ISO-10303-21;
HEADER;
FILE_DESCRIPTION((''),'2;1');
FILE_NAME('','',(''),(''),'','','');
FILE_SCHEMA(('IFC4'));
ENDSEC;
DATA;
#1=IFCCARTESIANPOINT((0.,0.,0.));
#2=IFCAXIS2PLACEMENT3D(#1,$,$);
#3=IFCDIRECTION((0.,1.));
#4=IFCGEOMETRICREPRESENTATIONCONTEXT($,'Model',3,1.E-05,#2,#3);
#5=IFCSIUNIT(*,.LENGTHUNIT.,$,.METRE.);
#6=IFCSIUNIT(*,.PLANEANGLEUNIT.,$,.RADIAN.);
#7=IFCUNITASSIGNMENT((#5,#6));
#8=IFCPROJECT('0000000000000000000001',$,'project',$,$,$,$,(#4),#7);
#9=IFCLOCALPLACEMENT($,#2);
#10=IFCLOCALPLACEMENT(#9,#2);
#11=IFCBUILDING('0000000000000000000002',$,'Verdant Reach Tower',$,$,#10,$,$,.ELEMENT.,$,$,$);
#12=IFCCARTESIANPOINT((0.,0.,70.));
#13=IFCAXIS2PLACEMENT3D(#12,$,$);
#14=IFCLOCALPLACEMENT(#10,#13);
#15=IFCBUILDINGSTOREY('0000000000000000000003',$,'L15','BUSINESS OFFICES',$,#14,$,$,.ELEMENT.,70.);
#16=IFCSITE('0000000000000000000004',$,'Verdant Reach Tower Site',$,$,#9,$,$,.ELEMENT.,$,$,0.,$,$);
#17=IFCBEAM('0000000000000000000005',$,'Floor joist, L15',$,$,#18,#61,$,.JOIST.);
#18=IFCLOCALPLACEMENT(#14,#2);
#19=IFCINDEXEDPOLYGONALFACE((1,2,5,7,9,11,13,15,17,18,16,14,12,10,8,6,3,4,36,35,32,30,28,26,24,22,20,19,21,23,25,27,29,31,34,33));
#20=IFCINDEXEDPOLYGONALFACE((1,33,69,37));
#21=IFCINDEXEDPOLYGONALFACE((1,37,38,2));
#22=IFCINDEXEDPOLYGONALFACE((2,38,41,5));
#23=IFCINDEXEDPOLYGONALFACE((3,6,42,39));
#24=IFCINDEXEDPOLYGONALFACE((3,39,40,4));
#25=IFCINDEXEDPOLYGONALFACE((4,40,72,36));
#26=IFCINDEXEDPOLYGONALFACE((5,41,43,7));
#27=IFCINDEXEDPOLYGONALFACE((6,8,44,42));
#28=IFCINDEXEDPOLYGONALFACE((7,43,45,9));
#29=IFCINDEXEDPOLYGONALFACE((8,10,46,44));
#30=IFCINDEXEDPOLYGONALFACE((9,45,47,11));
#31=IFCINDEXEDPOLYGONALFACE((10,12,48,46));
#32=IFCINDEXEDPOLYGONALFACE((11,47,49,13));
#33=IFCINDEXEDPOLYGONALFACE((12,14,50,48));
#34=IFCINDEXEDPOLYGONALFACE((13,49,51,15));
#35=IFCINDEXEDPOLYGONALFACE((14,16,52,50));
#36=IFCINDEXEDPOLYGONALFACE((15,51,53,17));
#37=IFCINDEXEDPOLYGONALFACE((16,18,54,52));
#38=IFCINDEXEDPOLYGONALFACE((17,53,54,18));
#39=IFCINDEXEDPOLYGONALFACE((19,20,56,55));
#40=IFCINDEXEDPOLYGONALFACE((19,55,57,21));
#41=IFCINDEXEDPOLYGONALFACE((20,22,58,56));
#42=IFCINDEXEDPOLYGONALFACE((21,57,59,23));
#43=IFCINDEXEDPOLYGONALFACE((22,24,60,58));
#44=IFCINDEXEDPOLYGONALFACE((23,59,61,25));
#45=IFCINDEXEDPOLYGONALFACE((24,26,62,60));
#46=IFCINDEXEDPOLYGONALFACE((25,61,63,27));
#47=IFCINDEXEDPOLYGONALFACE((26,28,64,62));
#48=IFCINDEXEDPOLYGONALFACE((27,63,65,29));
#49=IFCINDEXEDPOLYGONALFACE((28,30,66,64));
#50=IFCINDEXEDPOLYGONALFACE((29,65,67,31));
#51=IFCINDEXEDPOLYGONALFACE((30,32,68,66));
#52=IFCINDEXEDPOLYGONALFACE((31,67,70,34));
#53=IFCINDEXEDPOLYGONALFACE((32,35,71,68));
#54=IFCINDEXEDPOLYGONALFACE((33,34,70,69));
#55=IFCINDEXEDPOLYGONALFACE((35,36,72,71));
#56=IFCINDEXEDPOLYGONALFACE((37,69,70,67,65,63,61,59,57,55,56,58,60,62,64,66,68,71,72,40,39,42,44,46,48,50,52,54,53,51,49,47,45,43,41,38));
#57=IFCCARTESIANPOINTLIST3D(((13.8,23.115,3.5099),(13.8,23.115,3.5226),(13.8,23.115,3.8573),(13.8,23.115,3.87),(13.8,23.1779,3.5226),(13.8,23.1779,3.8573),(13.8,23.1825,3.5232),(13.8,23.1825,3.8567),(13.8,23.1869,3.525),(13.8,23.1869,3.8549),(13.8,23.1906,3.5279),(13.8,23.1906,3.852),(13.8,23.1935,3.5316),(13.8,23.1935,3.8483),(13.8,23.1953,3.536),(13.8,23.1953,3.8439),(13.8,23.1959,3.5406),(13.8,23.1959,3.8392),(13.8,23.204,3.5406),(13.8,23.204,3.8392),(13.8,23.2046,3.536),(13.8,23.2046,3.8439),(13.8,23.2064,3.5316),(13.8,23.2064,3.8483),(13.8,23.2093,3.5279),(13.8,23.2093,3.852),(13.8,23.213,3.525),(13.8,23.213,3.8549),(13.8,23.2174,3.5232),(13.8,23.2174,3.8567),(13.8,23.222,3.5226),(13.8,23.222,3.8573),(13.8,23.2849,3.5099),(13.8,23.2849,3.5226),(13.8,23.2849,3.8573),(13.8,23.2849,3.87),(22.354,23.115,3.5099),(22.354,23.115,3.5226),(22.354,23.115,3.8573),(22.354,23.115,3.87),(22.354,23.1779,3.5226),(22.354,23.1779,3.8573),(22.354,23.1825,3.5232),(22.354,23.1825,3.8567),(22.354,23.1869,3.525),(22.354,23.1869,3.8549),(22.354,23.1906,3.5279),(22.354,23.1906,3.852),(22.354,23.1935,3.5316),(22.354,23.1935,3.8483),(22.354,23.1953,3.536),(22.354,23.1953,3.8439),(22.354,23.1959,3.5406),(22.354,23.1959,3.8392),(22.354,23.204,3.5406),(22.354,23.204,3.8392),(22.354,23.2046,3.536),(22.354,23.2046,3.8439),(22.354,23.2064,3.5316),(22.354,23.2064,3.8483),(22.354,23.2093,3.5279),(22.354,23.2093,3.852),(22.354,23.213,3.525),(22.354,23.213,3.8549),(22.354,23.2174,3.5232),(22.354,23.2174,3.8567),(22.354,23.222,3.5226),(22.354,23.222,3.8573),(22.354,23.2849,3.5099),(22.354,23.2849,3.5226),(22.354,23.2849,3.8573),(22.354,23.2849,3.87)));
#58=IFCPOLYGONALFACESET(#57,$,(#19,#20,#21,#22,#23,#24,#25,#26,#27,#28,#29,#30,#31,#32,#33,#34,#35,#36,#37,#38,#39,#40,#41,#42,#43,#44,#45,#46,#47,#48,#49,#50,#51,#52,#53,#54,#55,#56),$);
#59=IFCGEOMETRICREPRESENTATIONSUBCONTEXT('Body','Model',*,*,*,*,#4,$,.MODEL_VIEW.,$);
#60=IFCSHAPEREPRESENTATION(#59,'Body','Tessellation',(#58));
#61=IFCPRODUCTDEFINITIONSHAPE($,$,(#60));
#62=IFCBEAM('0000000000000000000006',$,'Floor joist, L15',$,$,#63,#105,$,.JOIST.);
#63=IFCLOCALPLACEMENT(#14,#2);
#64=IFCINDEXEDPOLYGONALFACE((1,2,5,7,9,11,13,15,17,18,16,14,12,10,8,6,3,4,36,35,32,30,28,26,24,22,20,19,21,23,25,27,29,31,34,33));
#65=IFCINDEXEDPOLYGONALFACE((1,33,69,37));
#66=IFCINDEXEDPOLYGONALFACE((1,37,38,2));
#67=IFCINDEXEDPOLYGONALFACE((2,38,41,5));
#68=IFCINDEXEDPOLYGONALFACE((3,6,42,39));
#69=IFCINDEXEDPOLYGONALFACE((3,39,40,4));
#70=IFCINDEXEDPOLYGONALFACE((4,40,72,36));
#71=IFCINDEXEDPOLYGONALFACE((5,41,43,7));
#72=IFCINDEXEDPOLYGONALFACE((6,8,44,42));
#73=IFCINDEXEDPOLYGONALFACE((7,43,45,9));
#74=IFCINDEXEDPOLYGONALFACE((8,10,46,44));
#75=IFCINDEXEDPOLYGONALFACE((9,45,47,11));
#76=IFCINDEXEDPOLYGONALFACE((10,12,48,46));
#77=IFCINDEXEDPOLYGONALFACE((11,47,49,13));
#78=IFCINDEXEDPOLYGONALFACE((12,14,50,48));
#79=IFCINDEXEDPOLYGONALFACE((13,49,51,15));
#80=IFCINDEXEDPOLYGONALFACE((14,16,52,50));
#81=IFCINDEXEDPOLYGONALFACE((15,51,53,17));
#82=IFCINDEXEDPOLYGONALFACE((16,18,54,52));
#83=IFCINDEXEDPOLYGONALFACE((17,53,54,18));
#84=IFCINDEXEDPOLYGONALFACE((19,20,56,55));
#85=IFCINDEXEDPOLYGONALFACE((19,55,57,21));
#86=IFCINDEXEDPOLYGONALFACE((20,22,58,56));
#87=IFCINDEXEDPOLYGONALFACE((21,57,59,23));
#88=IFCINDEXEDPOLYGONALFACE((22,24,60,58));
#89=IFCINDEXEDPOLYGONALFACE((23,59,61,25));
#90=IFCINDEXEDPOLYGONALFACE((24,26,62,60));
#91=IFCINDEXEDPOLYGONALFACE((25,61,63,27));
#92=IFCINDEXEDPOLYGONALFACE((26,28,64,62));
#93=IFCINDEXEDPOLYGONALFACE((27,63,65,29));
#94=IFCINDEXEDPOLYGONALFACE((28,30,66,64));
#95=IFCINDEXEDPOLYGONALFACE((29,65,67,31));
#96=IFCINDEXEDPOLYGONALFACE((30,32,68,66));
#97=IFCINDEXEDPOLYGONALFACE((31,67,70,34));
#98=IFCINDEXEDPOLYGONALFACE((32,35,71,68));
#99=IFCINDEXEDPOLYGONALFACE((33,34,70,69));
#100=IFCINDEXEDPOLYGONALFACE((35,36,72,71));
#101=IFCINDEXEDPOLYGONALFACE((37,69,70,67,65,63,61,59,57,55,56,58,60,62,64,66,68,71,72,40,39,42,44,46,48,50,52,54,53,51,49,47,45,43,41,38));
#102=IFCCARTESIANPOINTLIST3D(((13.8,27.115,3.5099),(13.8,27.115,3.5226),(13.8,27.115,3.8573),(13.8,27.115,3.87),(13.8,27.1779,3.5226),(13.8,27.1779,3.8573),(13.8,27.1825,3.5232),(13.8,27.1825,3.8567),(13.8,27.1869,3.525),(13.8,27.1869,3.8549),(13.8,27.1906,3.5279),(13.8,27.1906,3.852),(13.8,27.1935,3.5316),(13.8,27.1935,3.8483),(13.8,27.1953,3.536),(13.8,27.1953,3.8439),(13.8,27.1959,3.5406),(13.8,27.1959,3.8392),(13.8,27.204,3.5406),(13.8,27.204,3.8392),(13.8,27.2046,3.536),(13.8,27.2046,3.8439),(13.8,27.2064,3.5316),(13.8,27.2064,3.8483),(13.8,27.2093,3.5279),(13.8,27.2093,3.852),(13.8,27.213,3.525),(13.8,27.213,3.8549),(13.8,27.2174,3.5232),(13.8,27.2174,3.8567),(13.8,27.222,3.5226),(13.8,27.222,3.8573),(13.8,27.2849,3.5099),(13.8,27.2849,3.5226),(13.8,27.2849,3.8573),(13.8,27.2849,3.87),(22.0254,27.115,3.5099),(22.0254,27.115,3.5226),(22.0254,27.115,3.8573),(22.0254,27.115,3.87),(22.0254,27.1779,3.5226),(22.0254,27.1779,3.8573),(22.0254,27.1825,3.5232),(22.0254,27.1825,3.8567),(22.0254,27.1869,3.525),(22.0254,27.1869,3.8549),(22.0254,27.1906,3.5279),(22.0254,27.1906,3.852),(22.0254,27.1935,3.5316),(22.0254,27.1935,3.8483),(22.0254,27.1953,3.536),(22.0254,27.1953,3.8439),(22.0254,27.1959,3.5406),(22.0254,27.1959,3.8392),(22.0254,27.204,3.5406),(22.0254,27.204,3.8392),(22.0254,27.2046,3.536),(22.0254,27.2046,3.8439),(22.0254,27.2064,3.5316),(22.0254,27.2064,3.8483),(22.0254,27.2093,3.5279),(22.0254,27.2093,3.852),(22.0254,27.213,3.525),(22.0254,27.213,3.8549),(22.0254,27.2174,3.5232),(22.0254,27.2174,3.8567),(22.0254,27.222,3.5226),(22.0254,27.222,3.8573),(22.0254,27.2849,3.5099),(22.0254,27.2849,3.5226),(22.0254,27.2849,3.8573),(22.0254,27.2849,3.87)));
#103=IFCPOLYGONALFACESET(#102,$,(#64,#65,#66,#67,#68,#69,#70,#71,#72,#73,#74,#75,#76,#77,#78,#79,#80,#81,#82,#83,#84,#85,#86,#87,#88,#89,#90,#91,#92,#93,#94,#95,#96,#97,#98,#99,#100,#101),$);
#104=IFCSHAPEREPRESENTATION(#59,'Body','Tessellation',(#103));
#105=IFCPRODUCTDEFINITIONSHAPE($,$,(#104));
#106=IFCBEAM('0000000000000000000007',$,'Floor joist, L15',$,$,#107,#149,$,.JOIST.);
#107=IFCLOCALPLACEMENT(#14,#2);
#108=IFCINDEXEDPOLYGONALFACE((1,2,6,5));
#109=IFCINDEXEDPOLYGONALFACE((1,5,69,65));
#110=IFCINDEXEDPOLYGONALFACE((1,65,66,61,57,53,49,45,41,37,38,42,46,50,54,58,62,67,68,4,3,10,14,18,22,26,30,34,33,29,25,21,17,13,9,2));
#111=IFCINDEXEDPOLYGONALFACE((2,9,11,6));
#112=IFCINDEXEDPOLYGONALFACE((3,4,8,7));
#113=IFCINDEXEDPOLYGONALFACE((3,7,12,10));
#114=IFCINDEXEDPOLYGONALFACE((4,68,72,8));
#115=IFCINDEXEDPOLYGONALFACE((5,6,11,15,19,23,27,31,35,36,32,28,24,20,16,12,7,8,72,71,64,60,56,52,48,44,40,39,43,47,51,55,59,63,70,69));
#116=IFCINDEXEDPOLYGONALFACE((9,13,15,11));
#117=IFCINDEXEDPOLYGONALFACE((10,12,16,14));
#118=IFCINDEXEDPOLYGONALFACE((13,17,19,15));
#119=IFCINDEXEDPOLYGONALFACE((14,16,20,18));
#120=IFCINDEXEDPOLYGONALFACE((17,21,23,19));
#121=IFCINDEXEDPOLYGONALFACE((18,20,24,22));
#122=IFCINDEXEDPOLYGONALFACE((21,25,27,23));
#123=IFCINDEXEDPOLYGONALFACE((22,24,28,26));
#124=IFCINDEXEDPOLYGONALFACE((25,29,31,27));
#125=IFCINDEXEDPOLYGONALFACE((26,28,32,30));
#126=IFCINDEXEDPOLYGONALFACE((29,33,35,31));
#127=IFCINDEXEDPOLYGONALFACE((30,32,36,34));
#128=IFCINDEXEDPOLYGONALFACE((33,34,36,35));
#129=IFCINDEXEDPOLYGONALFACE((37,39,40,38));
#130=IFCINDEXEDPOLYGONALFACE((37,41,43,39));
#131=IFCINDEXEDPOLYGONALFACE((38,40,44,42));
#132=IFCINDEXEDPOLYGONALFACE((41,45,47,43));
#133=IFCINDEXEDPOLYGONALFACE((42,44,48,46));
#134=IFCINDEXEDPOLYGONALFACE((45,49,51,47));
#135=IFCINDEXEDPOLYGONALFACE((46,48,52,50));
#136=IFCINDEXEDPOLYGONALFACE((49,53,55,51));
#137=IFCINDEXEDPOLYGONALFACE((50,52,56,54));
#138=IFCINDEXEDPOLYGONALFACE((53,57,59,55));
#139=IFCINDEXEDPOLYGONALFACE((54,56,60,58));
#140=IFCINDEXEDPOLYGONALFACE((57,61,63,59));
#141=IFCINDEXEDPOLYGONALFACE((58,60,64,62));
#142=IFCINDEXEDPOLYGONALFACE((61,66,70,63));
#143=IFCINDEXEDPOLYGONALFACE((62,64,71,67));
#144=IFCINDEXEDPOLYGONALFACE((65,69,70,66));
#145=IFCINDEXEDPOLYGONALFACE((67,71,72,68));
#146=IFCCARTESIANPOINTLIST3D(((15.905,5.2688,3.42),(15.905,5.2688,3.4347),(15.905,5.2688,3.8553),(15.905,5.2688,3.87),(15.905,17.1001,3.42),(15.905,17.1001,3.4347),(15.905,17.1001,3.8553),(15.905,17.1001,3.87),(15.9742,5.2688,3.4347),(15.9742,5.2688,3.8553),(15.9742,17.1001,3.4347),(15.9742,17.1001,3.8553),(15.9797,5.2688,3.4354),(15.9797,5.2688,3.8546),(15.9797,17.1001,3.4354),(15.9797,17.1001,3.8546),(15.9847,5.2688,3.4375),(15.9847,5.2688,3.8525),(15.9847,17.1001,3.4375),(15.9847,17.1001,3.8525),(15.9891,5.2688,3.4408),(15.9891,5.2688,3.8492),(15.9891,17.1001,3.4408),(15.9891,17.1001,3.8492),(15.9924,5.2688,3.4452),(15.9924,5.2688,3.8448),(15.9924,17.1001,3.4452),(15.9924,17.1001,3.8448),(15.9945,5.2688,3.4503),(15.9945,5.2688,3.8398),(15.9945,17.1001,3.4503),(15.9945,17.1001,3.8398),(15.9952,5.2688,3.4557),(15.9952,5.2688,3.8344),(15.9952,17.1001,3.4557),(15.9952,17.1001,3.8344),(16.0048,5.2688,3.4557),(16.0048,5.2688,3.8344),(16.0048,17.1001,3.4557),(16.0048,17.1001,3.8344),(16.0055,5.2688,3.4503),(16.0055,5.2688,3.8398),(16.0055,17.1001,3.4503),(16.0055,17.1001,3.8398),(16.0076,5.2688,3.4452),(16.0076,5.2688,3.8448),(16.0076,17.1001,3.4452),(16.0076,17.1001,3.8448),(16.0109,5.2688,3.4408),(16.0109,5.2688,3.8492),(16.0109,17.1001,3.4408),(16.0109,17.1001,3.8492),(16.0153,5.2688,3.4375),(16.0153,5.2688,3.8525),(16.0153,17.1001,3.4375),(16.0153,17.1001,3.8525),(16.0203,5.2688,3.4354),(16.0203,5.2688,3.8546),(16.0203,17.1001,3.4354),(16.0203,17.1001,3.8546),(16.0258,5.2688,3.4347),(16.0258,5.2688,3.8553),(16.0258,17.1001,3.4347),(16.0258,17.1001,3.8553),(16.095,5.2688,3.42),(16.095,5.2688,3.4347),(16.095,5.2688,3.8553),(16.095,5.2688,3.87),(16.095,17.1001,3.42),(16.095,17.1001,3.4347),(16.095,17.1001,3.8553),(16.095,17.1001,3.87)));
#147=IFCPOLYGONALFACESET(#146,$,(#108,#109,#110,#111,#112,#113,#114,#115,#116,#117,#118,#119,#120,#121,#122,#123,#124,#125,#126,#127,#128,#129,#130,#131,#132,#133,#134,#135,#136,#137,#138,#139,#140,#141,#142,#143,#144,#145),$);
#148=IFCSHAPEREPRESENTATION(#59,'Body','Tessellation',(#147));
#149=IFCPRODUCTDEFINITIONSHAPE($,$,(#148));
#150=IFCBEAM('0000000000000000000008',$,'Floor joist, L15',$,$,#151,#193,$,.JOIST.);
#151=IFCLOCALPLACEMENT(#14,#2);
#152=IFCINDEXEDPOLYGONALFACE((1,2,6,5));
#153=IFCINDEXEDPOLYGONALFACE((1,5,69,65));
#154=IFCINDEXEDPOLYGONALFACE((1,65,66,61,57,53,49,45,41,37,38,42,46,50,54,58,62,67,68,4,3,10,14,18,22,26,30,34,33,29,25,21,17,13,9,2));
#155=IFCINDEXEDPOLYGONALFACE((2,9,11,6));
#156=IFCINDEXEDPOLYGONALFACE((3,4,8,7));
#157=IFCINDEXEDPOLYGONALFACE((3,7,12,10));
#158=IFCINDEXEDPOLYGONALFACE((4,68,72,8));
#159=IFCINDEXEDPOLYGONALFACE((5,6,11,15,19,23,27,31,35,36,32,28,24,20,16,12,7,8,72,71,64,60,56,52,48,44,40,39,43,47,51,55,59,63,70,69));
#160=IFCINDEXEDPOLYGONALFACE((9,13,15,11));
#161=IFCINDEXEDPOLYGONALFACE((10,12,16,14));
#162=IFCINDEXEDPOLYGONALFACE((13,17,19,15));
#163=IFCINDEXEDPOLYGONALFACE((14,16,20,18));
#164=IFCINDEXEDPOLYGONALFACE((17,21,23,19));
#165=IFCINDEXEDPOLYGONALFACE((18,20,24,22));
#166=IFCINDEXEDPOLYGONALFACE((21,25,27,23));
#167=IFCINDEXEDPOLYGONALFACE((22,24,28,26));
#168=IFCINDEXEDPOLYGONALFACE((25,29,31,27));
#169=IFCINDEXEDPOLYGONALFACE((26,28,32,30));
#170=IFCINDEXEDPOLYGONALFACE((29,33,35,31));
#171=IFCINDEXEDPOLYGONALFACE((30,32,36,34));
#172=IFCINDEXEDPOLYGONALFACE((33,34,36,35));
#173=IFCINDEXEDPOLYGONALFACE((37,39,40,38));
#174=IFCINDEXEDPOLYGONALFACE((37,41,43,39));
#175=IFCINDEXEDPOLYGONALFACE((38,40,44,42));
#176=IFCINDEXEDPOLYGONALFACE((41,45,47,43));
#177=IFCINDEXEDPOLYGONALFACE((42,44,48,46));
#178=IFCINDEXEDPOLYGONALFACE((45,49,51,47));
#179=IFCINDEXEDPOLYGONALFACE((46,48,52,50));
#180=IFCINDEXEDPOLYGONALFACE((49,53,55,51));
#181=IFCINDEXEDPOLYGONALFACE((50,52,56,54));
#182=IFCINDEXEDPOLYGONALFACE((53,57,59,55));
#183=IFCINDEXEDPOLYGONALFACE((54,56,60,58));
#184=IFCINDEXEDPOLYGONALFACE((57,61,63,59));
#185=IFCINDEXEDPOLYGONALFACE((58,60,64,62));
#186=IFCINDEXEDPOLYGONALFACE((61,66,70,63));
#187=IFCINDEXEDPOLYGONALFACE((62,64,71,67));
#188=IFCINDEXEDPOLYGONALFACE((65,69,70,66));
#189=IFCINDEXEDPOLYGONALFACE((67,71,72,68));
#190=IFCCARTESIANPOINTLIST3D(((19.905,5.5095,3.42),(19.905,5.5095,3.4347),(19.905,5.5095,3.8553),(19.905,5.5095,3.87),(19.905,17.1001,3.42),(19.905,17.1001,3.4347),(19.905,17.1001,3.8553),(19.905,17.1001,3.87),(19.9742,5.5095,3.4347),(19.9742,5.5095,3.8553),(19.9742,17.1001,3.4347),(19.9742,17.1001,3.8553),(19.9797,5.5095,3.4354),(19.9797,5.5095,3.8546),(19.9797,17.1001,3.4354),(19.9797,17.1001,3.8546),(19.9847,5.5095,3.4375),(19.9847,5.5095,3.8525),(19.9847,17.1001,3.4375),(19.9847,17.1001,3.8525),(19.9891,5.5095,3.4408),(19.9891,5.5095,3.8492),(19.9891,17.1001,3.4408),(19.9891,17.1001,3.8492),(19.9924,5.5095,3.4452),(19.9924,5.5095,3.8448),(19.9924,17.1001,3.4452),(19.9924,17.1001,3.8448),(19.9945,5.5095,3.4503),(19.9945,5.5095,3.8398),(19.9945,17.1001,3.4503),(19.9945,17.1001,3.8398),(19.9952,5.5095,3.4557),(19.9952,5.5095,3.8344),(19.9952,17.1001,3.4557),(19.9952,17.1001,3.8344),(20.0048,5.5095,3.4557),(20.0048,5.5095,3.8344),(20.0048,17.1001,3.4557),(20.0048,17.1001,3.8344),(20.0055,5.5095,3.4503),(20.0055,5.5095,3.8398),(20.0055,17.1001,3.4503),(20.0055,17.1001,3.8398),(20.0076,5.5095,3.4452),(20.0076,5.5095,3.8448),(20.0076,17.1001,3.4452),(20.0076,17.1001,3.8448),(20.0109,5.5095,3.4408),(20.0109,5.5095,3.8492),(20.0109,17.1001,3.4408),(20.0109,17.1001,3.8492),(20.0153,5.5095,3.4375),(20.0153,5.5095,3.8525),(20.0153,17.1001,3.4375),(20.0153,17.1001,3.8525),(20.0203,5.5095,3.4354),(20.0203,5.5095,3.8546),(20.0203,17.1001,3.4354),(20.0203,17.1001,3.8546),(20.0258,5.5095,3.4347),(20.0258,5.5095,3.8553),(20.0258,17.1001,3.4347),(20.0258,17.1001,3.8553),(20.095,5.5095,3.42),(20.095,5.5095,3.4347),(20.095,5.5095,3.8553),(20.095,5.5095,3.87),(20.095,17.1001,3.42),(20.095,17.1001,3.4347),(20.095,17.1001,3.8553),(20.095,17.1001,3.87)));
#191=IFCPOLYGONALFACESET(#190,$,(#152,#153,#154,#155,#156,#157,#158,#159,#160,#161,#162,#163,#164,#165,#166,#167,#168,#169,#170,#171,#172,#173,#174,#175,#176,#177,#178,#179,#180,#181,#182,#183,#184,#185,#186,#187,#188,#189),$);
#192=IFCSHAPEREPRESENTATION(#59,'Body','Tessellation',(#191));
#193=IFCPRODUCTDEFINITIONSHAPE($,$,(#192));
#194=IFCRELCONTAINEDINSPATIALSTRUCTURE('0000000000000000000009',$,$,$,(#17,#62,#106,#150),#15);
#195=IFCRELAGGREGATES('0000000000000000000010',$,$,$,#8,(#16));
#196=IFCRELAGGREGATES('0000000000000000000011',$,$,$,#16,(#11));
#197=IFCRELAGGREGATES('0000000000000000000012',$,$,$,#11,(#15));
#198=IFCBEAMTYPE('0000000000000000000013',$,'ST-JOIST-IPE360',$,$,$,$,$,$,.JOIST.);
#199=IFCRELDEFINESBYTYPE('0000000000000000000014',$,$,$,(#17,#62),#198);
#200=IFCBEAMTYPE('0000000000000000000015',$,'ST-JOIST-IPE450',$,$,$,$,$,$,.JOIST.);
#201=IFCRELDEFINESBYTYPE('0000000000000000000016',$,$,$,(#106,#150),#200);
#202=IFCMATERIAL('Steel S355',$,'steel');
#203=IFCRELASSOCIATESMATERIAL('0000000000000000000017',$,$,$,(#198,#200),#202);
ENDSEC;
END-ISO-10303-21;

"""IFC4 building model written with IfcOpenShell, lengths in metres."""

from ifc_helpers import new_model, si_unit, direction, frame, origin, origin_2d, place, context, subcontext, project, spatial, i_section, extrude, material, material_profile, profile_set, type_object, element, save


model = new_model("IFC4")

# Units and contexts
model_context = context("Model", 3, precision=1e-05, world=origin(), true_north=direction((0.0, 1.0)))
body_context = subcontext(model_context, "Body", "Model", "MODEL_VIEW")
ifc_project = project(units=[si_unit("LENGTHUNIT", "METRE"), si_unit("PLANEANGLEUNIT", "RADIAN")], contexts=[model_context])

# Site, building, storey
site_placement = place(None, origin())
site = spatial("IfcSite", under=ifc_project, at=site_placement, Name="Verdant Reach Tower Site", CompositionType="ELEMENT", RefElevation=0.0)
building_placement = place(site_placement, origin())
building = spatial("IfcBuilding", under=site, at=building_placement, Name="Verdant Reach Tower", CompositionType="ELEMENT")
storey_placement = place(building_placement, frame((0.0, 0.0, 70.0)))
storey = spatial("IfcBuildingStorey", under=building, at=storey_placement, Name="L15", Description="BUSINESS OFFICES", CompositionType="ELEMENT", Elevation=70.0)

# Beams
ifc_material_1 = material(Name="Steel S355", Category="steel")
ifc_material_profile_1 = material_profile(ifc_material_1, i_section(OverallWidth=0.1699, OverallDepth=0.3601, WebThickness=0.0081, FlangeThickness=0.0127, FilletRadius=0.0181, at=origin_2d()), Name="IPE 360")
ifc_profile_set_1 = profile_set([ifc_material_profile_1], Name="Steel S355")
beam_type_1 = type_object("IfcBeamType", Name="ST-JOIST-IPE360", PredefinedType="JOIST", material=ifc_profile_set_1)
beam_1_placement = place(storey_placement, frame((13.8, 23.2, 3.6899), z_axis=(1.0, 0.0, 0.0), x_axis=(0.0, 1.0, 0.0)))
element("IfcBeam", 1, at=beam_1_placement, inside=storey, type_object=beam_type_1, Name="Floor joist, L15", PredefinedType="JOIST", context=body_context, shape_type="SweptSolid", body=[
    extrude(i_section(OverallWidth=0.1699, OverallDepth=0.3601, WebThickness=0.0081, FlangeThickness=0.0127, FilletRadius=0.0181, at=origin_2d()), origin(), (0.0, 0.0, 1.0), 8.554),
])
beam_2_placement = place(storey_placement, frame((13.8, 27.2, 3.6899), z_axis=(1.0, 0.0, 0.0), x_axis=(0.0, 1.0, 0.0)))
element("IfcBeam", 2, at=beam_2_placement, inside=storey, type_object=beam_type_1, Name="Floor joist, L15", PredefinedType="JOIST", context=body_context, shape_type="SweptSolid", body=[
    extrude(i_section(OverallWidth=0.1699, OverallDepth=0.3601, WebThickness=0.0081, FlangeThickness=0.0127, FilletRadius=0.0181, at=origin_2d()), origin(), (0.0, 0.0, 1.0), 8.2253),
])
ifc_material_profile_2 = material_profile(ifc_material_1, i_section(OverallWidth=0.1899, OverallDepth=0.45, WebThickness=0.0095, FlangeThickness=0.0146, FilletRadius=0.021, at=origin_2d()), Name="IPE 450")
ifc_profile_set_2 = profile_set([ifc_material_profile_2], Name="Steel S355")
beam_type_2 = type_object("IfcBeamType", Name="ST-JOIST-IPE450", PredefinedType="JOIST", material=ifc_profile_set_2)
beam_3_placement = place(storey_placement, frame((16.0, 17.1001, 3.645), z_axis=(0.0, -1.0, 0.0), x_axis=(1.0, 0.0, 0.0)))
element("IfcBeam", 3, at=beam_3_placement, inside=storey, type_object=beam_type_2, Name="Floor joist, L15", PredefinedType="JOIST", context=body_context, shape_type="SweptSolid", body=[
    extrude(i_section(OverallWidth=0.1899, OverallDepth=0.45, WebThickness=0.0095, FlangeThickness=0.0146, FilletRadius=0.021, at=origin_2d()), origin(), (0.0, 0.0, 1.0), 11.8313),
])
beam_4_placement = place(storey_placement, frame((20.0, 17.1001, 3.645), z_axis=(0.0, -1.0, 0.0), x_axis=(1.0, 0.0, 0.0)))
element("IfcBeam", 4, at=beam_4_placement, inside=storey, type_object=beam_type_2, Name="Floor joist, L15", PredefinedType="JOIST", context=body_context, shape_type="SweptSolid", body=[
    extrude(i_section(OverallWidth=0.1899, OverallDepth=0.45, WebThickness=0.0095, FlangeThickness=0.0146, FilletRadius=0.021, at=origin_2d()), origin(), (0.0, 0.0, 1.0), 11.5906),
])

save(model, "model.ifc")
